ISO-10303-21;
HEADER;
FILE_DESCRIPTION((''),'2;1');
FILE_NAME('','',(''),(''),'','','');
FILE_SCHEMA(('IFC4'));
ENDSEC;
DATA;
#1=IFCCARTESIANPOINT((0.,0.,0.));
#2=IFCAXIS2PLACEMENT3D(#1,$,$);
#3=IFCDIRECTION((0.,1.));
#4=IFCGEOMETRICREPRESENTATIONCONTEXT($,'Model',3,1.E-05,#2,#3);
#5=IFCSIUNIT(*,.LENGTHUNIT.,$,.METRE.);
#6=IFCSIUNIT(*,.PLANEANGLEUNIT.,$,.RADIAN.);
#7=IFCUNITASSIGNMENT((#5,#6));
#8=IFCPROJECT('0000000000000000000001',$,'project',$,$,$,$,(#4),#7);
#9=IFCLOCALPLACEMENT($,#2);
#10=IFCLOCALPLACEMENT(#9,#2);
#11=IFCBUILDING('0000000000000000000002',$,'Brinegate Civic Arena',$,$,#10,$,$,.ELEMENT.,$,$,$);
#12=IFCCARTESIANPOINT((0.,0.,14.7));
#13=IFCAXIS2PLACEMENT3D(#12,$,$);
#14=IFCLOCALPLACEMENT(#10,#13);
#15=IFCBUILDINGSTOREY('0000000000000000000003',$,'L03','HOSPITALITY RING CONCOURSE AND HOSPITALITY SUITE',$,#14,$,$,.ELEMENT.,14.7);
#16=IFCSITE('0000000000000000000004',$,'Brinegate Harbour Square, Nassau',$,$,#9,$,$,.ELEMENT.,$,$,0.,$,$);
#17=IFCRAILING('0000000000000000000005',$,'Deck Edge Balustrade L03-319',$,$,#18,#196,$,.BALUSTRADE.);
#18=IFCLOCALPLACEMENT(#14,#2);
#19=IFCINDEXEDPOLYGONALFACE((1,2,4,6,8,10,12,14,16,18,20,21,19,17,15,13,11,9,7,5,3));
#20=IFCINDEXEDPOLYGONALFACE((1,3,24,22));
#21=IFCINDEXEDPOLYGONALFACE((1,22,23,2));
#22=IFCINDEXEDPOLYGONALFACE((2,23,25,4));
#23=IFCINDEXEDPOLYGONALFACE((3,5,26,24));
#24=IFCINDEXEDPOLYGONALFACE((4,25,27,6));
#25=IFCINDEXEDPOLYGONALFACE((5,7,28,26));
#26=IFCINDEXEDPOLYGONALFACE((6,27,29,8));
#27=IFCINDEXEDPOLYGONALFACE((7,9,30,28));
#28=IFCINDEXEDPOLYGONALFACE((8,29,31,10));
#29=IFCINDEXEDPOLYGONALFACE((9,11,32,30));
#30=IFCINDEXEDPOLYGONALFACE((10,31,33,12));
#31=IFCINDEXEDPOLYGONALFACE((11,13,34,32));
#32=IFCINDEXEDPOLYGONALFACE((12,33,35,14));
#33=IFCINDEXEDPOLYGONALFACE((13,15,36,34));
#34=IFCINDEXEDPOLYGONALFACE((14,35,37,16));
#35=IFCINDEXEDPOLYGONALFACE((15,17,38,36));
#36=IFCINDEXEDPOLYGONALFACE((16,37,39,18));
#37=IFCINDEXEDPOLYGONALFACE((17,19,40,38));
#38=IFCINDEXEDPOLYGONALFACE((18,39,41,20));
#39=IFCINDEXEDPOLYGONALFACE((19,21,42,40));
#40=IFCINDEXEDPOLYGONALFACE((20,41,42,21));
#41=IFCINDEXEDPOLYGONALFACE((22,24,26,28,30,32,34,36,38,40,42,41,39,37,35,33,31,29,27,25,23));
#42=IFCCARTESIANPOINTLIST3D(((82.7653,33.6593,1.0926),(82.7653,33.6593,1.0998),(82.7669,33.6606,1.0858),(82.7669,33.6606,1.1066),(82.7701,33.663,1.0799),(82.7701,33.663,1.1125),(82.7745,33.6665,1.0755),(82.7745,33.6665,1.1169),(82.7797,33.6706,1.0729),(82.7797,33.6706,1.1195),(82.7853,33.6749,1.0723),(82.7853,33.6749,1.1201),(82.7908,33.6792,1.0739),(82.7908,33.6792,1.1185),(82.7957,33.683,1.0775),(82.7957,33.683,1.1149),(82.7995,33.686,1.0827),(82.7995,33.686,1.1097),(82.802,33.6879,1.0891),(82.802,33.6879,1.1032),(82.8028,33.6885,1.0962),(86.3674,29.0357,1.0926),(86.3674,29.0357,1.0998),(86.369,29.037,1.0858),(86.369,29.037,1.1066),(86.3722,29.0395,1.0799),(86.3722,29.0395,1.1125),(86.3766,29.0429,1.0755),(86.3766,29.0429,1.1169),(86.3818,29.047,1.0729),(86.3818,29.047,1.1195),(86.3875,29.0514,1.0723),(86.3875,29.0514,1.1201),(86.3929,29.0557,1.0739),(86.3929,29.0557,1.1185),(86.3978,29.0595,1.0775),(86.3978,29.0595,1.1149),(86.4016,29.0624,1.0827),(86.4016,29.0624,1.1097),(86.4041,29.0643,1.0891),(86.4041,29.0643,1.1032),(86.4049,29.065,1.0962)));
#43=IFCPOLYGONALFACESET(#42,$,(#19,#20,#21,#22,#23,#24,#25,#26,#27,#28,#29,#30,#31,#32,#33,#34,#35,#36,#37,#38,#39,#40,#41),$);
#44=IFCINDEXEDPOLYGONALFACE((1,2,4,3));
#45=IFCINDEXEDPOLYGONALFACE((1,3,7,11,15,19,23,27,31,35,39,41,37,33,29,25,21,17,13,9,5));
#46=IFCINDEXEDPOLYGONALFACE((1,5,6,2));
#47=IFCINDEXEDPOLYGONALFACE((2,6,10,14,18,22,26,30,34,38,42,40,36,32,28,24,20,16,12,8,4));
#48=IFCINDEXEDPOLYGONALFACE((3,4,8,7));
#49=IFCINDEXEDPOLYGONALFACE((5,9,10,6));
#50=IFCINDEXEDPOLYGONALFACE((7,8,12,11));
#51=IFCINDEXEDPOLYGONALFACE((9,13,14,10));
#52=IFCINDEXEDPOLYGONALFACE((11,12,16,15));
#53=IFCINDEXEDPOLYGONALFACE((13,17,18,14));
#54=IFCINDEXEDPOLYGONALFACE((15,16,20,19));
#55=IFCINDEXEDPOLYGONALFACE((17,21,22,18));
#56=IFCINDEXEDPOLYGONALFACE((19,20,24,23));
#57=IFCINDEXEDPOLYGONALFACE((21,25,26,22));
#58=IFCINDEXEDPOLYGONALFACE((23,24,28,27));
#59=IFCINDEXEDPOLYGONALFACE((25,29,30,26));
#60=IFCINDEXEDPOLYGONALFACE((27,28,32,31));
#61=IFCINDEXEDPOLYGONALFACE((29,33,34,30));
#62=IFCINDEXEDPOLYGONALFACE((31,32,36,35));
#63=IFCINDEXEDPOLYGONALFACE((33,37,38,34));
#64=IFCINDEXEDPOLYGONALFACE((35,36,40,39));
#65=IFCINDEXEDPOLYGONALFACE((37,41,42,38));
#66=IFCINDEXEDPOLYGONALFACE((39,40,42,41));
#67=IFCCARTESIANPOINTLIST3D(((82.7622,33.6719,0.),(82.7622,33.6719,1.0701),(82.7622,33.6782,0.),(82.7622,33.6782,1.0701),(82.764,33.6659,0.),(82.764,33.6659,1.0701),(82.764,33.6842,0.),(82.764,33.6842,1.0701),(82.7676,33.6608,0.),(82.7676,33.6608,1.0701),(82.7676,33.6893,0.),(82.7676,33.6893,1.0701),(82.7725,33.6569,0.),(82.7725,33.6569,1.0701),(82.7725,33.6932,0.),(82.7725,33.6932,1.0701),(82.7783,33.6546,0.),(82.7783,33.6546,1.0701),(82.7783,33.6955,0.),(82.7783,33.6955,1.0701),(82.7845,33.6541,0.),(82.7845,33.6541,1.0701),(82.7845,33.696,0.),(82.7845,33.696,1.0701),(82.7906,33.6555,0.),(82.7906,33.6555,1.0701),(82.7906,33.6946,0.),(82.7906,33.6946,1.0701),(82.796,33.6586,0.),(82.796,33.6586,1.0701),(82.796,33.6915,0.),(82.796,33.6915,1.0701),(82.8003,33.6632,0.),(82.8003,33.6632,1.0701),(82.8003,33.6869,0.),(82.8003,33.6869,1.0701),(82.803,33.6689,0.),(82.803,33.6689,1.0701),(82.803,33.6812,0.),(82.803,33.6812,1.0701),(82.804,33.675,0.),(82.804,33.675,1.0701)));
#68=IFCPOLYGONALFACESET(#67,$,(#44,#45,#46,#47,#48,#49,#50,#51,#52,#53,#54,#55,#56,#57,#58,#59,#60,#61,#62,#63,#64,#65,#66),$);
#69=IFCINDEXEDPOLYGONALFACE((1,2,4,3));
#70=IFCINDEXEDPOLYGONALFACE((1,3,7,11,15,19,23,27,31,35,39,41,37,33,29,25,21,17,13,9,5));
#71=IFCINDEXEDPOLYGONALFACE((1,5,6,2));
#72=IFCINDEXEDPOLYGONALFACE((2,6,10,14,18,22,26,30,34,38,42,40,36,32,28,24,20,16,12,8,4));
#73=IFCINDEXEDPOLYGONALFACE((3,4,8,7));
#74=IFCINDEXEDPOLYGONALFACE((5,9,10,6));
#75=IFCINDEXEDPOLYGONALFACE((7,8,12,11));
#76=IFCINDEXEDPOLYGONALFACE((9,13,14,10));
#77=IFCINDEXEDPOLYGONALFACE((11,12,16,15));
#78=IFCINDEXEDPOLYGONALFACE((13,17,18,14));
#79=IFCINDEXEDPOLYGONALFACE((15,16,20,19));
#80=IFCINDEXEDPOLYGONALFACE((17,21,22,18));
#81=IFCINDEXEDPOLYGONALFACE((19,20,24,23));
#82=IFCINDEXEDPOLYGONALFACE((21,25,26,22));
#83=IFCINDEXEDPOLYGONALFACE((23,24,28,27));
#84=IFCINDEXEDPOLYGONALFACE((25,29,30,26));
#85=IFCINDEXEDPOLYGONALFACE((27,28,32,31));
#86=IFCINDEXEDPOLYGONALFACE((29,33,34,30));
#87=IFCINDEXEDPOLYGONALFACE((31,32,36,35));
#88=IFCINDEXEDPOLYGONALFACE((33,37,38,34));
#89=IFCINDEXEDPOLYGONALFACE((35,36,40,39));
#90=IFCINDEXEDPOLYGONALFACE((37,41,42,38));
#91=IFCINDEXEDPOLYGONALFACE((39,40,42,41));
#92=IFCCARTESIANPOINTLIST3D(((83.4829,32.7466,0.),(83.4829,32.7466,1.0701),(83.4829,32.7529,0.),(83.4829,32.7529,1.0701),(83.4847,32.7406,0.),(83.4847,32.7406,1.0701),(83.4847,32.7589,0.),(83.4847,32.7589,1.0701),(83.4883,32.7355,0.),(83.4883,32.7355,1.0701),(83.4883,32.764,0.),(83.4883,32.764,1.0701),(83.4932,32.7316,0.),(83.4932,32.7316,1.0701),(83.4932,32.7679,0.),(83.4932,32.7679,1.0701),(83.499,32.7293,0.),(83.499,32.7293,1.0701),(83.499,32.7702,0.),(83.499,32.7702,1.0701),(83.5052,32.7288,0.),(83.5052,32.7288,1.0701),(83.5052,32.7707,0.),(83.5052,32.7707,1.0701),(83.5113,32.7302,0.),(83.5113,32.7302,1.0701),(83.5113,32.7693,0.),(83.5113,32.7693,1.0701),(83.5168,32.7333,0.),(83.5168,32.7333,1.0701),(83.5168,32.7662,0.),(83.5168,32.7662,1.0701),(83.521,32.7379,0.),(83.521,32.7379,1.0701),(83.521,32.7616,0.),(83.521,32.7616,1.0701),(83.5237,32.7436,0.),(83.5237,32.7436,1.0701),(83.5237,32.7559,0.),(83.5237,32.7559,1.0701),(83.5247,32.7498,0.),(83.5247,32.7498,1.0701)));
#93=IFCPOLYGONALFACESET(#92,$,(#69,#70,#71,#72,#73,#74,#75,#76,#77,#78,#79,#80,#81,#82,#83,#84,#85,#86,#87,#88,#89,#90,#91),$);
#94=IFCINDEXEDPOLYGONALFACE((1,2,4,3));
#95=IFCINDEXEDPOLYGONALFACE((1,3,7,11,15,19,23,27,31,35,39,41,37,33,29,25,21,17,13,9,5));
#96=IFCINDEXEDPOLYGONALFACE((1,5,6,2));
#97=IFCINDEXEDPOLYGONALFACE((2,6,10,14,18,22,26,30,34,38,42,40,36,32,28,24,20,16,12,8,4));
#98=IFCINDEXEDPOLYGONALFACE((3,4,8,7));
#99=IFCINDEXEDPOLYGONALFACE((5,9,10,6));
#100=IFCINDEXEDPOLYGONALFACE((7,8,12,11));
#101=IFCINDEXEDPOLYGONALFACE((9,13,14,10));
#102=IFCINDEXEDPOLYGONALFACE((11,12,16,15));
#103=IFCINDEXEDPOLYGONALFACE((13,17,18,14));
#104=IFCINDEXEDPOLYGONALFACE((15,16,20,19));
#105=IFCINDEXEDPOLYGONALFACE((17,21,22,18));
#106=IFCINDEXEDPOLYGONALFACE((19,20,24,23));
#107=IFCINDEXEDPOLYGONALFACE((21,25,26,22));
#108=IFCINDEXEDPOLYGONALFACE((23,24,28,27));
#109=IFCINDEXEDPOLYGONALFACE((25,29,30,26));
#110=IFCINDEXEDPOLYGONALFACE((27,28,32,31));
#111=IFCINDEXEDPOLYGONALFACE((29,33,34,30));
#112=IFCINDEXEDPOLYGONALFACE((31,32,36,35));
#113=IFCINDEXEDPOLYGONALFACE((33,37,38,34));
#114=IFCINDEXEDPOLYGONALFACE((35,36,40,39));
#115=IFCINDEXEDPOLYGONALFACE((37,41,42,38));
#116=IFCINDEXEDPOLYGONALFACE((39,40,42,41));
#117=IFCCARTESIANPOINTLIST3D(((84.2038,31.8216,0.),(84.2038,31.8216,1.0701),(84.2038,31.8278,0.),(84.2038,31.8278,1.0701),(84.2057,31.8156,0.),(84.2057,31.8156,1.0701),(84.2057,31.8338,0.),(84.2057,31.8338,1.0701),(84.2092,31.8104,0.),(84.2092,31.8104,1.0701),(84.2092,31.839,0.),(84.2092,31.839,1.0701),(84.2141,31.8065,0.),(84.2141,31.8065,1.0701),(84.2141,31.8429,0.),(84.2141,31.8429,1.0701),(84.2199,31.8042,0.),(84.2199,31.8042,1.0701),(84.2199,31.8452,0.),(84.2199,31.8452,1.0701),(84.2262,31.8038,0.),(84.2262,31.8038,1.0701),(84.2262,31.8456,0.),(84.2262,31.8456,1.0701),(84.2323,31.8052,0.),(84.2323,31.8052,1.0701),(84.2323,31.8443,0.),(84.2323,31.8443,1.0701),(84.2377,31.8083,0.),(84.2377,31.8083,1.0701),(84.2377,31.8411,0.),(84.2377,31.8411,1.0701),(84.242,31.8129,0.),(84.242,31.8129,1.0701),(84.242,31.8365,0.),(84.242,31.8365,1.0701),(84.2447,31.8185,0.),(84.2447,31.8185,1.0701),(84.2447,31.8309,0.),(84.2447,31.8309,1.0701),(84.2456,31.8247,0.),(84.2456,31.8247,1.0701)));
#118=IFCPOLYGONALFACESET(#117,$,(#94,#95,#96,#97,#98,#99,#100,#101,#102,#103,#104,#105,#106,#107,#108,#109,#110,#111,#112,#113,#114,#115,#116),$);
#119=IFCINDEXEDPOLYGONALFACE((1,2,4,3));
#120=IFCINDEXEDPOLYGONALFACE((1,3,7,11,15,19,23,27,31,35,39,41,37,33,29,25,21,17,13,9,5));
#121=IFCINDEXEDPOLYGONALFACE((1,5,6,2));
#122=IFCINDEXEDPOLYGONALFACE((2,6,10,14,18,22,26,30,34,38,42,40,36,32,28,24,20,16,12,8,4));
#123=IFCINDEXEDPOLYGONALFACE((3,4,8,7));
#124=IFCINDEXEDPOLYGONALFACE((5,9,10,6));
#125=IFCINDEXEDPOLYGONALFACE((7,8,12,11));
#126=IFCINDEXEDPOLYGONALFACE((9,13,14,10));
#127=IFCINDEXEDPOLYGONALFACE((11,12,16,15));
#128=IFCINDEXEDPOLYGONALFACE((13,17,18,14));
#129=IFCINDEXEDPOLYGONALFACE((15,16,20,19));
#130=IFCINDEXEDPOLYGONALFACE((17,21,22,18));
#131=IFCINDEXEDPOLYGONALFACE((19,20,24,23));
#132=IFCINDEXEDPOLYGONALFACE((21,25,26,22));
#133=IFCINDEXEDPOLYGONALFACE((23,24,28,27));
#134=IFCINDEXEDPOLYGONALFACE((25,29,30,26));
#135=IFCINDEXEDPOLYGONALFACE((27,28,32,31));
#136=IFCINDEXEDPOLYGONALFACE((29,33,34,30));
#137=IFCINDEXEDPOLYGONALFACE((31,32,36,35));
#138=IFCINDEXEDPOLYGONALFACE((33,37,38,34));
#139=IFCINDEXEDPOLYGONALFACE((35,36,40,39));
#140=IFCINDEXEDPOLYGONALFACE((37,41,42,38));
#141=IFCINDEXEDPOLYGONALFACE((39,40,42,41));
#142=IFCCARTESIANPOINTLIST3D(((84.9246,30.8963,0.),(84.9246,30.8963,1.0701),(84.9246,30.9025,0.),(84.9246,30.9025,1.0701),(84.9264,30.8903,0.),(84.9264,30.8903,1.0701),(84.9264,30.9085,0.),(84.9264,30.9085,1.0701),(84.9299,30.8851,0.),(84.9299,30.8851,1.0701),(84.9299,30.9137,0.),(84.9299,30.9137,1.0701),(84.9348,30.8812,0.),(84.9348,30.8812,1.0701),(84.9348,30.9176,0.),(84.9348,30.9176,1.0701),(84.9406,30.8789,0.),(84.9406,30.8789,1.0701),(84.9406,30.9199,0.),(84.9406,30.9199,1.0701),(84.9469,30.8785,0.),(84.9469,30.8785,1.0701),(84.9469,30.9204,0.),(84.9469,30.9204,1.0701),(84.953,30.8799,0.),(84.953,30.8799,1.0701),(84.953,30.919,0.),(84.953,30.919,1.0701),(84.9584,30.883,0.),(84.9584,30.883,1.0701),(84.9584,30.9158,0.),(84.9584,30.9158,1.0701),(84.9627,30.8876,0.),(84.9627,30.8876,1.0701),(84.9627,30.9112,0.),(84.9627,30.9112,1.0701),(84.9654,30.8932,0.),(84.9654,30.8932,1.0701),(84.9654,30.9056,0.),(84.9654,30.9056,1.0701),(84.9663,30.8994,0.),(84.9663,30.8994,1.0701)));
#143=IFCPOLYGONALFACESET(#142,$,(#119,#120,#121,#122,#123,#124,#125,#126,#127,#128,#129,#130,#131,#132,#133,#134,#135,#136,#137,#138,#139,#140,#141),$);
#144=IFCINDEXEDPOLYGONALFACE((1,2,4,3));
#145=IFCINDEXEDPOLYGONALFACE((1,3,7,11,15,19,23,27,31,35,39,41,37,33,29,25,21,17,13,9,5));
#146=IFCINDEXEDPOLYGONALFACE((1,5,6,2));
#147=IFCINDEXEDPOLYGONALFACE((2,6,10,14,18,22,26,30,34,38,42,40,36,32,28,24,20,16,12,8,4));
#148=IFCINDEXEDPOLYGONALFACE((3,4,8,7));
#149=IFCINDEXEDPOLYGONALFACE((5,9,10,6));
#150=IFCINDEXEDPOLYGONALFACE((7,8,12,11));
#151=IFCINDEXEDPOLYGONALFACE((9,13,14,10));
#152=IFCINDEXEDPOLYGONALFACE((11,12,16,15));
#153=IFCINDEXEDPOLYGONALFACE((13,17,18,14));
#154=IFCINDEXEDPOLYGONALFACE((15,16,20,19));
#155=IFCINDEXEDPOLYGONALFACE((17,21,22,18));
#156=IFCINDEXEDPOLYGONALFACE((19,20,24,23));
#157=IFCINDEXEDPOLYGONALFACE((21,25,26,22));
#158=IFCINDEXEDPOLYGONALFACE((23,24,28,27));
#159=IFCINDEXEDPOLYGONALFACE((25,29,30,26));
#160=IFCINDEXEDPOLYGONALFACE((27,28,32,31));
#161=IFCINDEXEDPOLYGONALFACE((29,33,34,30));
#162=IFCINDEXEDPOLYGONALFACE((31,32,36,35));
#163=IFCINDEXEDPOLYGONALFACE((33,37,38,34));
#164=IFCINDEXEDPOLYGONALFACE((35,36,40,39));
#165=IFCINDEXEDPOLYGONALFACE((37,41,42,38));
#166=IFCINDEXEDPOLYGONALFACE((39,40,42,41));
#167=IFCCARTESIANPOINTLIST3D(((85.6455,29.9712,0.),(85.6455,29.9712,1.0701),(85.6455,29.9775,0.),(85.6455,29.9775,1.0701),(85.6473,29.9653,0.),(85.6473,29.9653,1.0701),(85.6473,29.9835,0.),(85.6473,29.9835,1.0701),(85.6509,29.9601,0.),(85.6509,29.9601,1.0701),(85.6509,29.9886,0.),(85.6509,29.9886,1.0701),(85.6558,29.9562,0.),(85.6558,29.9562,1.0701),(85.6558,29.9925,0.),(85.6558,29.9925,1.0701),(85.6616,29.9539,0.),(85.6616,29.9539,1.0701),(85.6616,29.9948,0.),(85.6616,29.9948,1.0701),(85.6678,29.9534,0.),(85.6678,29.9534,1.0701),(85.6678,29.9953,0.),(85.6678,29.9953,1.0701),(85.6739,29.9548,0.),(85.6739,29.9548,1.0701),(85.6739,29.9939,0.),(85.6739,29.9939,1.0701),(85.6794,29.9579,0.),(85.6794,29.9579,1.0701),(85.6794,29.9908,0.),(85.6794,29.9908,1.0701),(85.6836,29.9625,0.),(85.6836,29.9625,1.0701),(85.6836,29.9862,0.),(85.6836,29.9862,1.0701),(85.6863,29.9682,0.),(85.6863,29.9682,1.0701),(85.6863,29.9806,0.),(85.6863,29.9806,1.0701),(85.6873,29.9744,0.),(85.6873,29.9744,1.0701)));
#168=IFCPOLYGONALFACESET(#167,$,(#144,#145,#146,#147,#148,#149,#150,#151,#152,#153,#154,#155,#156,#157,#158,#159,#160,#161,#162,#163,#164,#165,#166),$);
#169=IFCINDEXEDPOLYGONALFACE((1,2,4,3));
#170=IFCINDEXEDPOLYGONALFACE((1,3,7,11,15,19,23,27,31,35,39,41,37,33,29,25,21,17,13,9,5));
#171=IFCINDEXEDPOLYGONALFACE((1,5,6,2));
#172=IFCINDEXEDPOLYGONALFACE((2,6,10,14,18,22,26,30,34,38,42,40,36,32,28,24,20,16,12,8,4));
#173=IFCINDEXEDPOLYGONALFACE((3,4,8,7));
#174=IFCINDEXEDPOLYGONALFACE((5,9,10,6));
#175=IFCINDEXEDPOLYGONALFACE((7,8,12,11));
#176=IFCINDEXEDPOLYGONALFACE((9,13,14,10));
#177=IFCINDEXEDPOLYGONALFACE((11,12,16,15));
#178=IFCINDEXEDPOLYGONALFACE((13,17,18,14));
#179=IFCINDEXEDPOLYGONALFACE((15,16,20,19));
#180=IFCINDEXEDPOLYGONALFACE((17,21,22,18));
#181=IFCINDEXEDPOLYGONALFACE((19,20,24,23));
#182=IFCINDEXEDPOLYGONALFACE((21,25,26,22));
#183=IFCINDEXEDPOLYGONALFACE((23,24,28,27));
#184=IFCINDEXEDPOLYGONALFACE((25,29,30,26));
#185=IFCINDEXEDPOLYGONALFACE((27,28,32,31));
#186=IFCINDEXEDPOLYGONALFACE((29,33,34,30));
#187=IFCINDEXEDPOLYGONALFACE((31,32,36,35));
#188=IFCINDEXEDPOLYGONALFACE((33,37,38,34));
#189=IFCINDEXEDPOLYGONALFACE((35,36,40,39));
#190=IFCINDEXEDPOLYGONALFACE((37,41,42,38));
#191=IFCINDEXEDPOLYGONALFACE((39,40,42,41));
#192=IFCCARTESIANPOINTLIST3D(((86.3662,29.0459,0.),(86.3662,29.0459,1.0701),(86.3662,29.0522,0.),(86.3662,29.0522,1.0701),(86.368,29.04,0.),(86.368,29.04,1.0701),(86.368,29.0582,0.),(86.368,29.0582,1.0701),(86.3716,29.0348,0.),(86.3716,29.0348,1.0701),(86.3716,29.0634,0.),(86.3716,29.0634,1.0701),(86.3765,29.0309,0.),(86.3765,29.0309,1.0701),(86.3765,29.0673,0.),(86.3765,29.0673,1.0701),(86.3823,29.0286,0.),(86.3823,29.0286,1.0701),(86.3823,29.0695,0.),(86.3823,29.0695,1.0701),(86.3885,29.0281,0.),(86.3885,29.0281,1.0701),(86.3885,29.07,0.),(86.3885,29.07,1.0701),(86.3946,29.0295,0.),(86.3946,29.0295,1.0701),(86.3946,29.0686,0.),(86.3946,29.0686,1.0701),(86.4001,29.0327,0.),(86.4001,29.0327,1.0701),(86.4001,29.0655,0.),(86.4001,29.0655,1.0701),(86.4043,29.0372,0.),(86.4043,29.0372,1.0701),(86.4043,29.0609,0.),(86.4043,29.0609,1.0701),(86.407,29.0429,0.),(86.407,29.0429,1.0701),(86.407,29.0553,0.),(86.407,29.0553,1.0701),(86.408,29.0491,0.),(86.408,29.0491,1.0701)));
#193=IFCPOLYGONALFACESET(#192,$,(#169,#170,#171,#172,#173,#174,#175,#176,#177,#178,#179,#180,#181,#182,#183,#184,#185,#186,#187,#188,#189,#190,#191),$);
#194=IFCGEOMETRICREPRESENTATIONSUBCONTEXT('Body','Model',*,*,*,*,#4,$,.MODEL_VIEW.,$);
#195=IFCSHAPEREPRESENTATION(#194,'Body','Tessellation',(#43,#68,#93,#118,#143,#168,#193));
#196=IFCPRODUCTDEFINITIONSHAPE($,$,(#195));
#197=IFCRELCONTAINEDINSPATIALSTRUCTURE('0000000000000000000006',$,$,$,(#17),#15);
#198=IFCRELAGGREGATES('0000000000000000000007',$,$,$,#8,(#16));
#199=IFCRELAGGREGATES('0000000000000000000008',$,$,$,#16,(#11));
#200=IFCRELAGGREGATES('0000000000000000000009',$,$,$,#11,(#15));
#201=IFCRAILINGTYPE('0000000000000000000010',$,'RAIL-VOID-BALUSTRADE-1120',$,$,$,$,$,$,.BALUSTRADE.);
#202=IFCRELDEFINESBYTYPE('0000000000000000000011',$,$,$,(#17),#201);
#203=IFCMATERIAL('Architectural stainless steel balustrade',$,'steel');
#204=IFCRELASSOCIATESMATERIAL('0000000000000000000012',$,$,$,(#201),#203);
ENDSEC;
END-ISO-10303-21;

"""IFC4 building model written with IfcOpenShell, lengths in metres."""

from ifc_helpers import new_model, si_unit, direction, frame, origin, origin_2d, place, context, subcontext, project, spatial, circle, extrude, material, type_object, element, save


model = new_model("IFC4")

# Units and contexts
model_context = context("Model", 3, precision=1e-05, world=origin(), true_north=direction((0.0, 1.0)))
body_context = subcontext(model_context, "Body", "Model", "MODEL_VIEW")
ifc_project = project(units=[si_unit("LENGTHUNIT", "METRE"), si_unit("PLANEANGLEUNIT", "RADIAN")], contexts=[model_context])

# Site, building, storey
site_placement = place(None, origin())
site = spatial("IfcSite", under=ifc_project, at=site_placement, Name="Brinegate Harbour Square, Nassau", CompositionType="ELEMENT", RefElevation=0.0)
building_placement = place(site_placement, origin())
building = spatial("IfcBuilding", under=site, at=building_placement, Name="Brinegate Civic Arena", CompositionType="ELEMENT")
storey_placement = place(building_placement, frame((0.0, 0.0, 14.7)))
storey = spatial("IfcBuildingStorey", under=building, at=storey_placement, Name="L03", Description="HOSPITALITY RING CONCOURSE AND HOSPITALITY SUITE", CompositionType="ELEMENT", Elevation=14.7)

# Railing
ifc_material_1 = material(Name="Architectural stainless steel balustrade", Category="steel")
railing_type = type_object("IfcRailingType", Name="RAIL-VOID-BALUSTRADE-1120", PredefinedType="BALUSTRADE", material=ifc_material_1)
railing_1_placement = place(storey_placement, frame((82.783, 33.675, 0.0)))
element("IfcRailing", 1, at=railing_1_placement, inside=storey, type_object=railing_type, Name="Deck Edge Balustrade L03-319", PredefinedType="BALUSTRADE", context=body_context, shape_type="SweptSolid", body=[
    extrude(circle(Radius=0.0239, at=origin_2d()), frame((0.001, -0.0012, 1.0962), z_axis=(0.61458, -0.788854, 0.0), x_axis=(0.788854, 0.61458, 0.0)), (0.0, 0.0, 1.0), 5.8611),
    extrude(circle(Radius=0.021, at=origin_2d()), origin(), (0.0, 0.0, 1.0), 1.0701),
    extrude(circle(Radius=0.021, at=origin_2d()), frame((0.7207, -0.9253, 0.0)), (0.0, 0.0, 1.0), 1.0701),
    extrude(circle(Radius=0.021, at=origin_2d()), frame((1.4417, -1.8503, 0.0)), (0.0, 0.0, 1.0), 1.0701),
    extrude(circle(Radius=0.021, at=origin_2d()), frame((2.1624, -2.7756, 0.0)), (0.0, 0.0, 1.0), 1.0701),
    extrude(circle(Radius=0.021, at=origin_2d()), frame((2.8833, -3.7007, 0.0)), (0.0, 0.0, 1.0), 1.0701),
    extrude(circle(Radius=0.021, at=origin_2d()), frame((3.604, -4.626, 0.0)), (0.0, 0.0, 1.0), 1.0701),
])

save(model, "model.ifc")
